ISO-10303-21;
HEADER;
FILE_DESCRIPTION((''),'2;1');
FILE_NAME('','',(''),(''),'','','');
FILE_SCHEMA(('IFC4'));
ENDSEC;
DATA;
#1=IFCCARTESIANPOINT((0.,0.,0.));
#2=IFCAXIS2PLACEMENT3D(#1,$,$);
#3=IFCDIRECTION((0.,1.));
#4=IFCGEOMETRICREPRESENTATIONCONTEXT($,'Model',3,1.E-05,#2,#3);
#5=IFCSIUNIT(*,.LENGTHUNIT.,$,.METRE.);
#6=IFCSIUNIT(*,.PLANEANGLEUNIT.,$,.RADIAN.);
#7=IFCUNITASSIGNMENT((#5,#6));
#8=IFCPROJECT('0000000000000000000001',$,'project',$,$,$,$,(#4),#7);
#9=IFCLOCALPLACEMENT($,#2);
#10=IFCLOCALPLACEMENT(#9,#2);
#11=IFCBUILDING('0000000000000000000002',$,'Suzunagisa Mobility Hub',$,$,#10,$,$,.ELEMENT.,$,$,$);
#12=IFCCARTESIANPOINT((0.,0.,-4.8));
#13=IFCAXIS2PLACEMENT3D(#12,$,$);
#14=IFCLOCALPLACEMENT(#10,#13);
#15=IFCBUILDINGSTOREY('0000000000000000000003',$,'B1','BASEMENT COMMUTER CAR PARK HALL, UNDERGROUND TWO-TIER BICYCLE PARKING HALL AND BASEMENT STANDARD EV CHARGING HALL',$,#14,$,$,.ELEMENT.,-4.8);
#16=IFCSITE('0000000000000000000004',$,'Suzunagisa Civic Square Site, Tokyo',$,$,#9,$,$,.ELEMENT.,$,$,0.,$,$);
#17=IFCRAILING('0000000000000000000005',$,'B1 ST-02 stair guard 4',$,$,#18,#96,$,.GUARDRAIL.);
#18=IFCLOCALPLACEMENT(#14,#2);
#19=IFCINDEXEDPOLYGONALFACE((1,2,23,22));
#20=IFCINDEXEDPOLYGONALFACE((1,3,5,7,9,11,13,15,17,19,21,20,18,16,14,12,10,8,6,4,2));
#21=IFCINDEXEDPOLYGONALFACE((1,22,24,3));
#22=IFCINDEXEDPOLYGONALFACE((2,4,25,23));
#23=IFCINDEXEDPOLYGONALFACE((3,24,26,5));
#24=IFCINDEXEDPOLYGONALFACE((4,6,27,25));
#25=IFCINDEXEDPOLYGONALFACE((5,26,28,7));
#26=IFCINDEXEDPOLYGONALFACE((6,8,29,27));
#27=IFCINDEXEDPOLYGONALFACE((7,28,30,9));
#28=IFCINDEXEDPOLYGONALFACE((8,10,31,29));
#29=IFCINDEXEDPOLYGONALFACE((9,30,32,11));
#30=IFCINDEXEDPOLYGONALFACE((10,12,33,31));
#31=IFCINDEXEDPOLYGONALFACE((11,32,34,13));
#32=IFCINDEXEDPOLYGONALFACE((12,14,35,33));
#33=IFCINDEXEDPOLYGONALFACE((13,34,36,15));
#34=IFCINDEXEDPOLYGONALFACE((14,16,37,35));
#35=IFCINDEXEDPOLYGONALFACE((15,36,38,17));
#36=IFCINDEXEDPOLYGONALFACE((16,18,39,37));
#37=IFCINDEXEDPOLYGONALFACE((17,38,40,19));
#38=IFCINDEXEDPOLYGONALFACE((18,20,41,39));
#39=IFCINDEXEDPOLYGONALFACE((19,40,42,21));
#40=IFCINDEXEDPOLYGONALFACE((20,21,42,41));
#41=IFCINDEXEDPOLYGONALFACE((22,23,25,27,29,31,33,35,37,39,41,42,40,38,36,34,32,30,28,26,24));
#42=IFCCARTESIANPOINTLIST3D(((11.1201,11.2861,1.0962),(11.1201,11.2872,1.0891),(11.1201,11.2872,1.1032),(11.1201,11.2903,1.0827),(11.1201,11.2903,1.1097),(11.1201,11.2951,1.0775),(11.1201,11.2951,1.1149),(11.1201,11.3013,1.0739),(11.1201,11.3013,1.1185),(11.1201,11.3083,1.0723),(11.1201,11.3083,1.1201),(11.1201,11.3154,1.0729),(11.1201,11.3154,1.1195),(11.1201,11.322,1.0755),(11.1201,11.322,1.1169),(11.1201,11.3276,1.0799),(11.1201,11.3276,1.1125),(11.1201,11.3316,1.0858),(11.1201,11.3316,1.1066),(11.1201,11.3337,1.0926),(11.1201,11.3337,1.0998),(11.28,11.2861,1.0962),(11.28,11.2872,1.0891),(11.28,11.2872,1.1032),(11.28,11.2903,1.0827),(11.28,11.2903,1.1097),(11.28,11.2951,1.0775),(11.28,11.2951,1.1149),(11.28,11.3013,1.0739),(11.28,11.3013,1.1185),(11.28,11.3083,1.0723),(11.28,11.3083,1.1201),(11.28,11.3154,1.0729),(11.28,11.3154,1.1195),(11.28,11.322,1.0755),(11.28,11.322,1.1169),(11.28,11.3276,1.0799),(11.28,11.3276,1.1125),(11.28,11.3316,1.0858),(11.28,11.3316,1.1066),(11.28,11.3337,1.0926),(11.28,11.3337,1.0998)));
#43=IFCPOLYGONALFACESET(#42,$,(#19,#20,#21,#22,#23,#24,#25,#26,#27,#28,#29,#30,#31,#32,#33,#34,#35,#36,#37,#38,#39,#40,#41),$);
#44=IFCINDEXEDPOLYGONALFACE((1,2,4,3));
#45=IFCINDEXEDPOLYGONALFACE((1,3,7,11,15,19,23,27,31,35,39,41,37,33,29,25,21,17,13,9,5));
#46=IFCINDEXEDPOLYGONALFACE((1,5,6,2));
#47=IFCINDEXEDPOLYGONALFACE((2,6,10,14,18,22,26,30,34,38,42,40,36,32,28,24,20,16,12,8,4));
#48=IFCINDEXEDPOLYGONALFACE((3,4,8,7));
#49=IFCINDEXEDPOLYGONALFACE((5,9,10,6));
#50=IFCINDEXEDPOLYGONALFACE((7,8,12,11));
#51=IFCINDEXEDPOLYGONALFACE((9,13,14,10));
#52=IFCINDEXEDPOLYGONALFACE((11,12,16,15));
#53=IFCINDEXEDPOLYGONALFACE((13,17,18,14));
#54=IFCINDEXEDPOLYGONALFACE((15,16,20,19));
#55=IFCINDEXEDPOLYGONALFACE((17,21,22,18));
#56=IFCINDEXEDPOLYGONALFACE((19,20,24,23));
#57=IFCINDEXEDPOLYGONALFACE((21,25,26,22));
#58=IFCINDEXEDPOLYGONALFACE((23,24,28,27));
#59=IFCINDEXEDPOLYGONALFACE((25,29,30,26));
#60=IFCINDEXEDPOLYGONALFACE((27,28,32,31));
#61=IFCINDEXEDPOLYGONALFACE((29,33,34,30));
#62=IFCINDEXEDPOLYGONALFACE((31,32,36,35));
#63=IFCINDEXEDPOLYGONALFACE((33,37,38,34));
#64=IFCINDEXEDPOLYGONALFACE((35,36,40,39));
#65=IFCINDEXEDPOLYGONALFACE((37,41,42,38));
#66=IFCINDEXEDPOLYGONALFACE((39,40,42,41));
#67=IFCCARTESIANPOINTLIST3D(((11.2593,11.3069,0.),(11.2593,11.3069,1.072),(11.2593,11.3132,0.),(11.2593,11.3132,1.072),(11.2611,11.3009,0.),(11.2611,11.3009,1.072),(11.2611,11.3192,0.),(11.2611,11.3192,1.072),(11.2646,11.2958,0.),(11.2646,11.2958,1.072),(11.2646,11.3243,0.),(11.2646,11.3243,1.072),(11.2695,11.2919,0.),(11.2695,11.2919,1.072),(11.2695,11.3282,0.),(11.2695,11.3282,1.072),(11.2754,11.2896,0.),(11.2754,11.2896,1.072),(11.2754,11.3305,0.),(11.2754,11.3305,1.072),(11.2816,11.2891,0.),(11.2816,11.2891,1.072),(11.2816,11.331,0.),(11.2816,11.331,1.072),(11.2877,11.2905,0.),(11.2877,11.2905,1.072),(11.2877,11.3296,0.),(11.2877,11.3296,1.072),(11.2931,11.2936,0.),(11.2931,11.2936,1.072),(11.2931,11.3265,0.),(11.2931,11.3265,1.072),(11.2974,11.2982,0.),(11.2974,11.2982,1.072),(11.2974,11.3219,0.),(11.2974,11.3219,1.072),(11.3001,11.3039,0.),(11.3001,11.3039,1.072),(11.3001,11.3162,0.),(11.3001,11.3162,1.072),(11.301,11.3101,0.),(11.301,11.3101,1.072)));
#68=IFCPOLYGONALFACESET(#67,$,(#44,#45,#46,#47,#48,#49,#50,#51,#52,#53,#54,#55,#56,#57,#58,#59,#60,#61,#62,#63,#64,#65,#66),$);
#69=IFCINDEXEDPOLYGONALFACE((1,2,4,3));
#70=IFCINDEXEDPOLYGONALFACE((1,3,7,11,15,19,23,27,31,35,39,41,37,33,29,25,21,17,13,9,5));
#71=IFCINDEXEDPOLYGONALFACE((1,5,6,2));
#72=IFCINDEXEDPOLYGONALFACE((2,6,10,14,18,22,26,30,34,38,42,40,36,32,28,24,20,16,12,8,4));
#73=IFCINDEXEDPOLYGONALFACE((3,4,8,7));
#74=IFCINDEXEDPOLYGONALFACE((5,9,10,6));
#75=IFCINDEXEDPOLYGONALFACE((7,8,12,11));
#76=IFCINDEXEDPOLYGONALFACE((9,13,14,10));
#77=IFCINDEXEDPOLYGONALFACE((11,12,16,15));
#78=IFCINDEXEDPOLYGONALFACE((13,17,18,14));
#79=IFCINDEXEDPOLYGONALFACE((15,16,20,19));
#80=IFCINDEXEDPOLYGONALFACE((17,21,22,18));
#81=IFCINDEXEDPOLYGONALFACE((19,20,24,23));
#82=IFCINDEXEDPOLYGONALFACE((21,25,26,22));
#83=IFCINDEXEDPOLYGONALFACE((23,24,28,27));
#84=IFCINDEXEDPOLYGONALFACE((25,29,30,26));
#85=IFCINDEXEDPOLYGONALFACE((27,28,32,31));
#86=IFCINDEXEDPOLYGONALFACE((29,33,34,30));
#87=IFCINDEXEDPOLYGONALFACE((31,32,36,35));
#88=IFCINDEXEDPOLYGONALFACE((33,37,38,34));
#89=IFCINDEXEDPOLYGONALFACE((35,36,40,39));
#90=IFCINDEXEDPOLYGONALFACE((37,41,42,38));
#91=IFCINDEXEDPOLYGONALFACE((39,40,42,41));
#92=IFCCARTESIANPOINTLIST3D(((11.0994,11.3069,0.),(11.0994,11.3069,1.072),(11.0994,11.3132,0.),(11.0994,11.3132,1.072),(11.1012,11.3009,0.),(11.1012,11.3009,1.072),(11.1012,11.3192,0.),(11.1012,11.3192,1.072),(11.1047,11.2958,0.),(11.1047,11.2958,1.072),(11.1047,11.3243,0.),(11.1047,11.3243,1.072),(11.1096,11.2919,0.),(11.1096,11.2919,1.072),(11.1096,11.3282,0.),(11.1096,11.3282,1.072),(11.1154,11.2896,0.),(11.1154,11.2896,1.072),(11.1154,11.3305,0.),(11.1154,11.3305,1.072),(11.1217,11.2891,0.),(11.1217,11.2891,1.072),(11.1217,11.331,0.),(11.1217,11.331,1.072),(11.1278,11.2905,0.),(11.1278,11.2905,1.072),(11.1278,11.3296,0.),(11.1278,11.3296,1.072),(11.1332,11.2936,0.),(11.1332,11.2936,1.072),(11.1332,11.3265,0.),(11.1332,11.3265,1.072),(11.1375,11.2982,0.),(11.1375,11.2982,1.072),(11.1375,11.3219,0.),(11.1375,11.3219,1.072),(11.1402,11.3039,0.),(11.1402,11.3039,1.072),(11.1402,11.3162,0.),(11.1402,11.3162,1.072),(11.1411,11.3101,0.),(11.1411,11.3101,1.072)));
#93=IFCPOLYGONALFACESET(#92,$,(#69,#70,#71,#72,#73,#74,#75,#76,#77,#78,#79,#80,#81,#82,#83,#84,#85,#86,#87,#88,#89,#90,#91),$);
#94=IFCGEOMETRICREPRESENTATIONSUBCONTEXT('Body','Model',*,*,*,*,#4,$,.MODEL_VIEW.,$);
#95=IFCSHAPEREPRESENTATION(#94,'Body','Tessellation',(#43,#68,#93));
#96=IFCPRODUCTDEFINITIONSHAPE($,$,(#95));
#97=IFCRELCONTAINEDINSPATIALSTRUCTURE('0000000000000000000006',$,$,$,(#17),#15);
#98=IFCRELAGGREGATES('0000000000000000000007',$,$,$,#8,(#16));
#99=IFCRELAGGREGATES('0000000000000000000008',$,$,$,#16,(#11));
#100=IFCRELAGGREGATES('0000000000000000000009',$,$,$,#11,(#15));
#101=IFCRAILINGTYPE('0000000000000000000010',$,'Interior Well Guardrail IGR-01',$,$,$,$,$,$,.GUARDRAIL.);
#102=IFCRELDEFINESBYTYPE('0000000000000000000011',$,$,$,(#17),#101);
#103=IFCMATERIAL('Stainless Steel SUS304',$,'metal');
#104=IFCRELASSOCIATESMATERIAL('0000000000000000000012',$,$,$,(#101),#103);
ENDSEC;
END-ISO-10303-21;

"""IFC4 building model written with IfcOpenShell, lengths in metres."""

from ifc_helpers import new_model, si_unit, direction, frame, origin, origin_2d, place, context, subcontext, project, spatial, circle, extrude, material, type_object, element, save


model = new_model("IFC4")

# Units and contexts
model_context = context("Model", 3, precision=1e-05, world=origin(), true_north=direction((0.0, 1.0)))
body_context = subcontext(model_context, "Body", "Model", "MODEL_VIEW")
ifc_project = project(units=[si_unit("LENGTHUNIT", "METRE"), si_unit("PLANEANGLEUNIT", "RADIAN")], contexts=[model_context])

# Site, building, storey
site_placement = place(None, origin())
site = spatial("IfcSite", under=ifc_project, at=site_placement, Name="Suzunagisa Civic Square Site, Tokyo", CompositionType="ELEMENT", RefElevation=0.0)
building_placement = place(site_placement, origin())
building = spatial("IfcBuilding", under=site, at=building_placement, Name="Suzunagisa Mobility Hub", CompositionType="ELEMENT")
storey_placement = place(building_placement, frame((0.0, 0.0, -4.8)))
storey = spatial("IfcBuildingStorey", under=building, at=storey_placement, Name="B1", Description="BASEMENT COMMUTER CAR PARK HALL, UNDERGROUND TWO-TIER BICYCLE PARKING HALL AND BASEMENT STANDARD EV CHARGING HALL", CompositionType="ELEMENT", Elevation=-4.8)

# Railing
ifc_material_1 = material(Name="Stainless Steel SUS304", Category="metal")
railing_type_1 = type_object("IfcRailingType", Name="Interior Well Guardrail IGR-01", PredefinedType="GUARDRAIL", material=ifc_material_1)
railing_1_placement = place(storey_placement, frame((11.28, 11.3101, 0.0)))
element("IfcRailing", 1, at=railing_1_placement, inside=storey, type_object=railing_type_1, Name="B1 ST-02 stair guard 4", PredefinedType="GUARDRAIL", context=body_context, shape_type="SweptSolid", body=[
    extrude(circle(Radius=0.0239, at=origin_2d()), frame((0.0, 0.0, 1.0962), z_axis=(-1.0, 0.0, 0.0), x_axis=(0.0, -1.0, 0.0)), (0.0, 0.0, 1.0), 0.1599),
    extrude(circle(Radius=0.021, at=origin_2d()), origin(), (0.0, 0.0, 1.0), 1.072),
    extrude(circle(Radius=0.021, at=origin_2d()), frame((-0.1599, 0.0, 0.0)), (0.0, 0.0, 1.0), 1.072),
])

save(model, "model.ifc")
